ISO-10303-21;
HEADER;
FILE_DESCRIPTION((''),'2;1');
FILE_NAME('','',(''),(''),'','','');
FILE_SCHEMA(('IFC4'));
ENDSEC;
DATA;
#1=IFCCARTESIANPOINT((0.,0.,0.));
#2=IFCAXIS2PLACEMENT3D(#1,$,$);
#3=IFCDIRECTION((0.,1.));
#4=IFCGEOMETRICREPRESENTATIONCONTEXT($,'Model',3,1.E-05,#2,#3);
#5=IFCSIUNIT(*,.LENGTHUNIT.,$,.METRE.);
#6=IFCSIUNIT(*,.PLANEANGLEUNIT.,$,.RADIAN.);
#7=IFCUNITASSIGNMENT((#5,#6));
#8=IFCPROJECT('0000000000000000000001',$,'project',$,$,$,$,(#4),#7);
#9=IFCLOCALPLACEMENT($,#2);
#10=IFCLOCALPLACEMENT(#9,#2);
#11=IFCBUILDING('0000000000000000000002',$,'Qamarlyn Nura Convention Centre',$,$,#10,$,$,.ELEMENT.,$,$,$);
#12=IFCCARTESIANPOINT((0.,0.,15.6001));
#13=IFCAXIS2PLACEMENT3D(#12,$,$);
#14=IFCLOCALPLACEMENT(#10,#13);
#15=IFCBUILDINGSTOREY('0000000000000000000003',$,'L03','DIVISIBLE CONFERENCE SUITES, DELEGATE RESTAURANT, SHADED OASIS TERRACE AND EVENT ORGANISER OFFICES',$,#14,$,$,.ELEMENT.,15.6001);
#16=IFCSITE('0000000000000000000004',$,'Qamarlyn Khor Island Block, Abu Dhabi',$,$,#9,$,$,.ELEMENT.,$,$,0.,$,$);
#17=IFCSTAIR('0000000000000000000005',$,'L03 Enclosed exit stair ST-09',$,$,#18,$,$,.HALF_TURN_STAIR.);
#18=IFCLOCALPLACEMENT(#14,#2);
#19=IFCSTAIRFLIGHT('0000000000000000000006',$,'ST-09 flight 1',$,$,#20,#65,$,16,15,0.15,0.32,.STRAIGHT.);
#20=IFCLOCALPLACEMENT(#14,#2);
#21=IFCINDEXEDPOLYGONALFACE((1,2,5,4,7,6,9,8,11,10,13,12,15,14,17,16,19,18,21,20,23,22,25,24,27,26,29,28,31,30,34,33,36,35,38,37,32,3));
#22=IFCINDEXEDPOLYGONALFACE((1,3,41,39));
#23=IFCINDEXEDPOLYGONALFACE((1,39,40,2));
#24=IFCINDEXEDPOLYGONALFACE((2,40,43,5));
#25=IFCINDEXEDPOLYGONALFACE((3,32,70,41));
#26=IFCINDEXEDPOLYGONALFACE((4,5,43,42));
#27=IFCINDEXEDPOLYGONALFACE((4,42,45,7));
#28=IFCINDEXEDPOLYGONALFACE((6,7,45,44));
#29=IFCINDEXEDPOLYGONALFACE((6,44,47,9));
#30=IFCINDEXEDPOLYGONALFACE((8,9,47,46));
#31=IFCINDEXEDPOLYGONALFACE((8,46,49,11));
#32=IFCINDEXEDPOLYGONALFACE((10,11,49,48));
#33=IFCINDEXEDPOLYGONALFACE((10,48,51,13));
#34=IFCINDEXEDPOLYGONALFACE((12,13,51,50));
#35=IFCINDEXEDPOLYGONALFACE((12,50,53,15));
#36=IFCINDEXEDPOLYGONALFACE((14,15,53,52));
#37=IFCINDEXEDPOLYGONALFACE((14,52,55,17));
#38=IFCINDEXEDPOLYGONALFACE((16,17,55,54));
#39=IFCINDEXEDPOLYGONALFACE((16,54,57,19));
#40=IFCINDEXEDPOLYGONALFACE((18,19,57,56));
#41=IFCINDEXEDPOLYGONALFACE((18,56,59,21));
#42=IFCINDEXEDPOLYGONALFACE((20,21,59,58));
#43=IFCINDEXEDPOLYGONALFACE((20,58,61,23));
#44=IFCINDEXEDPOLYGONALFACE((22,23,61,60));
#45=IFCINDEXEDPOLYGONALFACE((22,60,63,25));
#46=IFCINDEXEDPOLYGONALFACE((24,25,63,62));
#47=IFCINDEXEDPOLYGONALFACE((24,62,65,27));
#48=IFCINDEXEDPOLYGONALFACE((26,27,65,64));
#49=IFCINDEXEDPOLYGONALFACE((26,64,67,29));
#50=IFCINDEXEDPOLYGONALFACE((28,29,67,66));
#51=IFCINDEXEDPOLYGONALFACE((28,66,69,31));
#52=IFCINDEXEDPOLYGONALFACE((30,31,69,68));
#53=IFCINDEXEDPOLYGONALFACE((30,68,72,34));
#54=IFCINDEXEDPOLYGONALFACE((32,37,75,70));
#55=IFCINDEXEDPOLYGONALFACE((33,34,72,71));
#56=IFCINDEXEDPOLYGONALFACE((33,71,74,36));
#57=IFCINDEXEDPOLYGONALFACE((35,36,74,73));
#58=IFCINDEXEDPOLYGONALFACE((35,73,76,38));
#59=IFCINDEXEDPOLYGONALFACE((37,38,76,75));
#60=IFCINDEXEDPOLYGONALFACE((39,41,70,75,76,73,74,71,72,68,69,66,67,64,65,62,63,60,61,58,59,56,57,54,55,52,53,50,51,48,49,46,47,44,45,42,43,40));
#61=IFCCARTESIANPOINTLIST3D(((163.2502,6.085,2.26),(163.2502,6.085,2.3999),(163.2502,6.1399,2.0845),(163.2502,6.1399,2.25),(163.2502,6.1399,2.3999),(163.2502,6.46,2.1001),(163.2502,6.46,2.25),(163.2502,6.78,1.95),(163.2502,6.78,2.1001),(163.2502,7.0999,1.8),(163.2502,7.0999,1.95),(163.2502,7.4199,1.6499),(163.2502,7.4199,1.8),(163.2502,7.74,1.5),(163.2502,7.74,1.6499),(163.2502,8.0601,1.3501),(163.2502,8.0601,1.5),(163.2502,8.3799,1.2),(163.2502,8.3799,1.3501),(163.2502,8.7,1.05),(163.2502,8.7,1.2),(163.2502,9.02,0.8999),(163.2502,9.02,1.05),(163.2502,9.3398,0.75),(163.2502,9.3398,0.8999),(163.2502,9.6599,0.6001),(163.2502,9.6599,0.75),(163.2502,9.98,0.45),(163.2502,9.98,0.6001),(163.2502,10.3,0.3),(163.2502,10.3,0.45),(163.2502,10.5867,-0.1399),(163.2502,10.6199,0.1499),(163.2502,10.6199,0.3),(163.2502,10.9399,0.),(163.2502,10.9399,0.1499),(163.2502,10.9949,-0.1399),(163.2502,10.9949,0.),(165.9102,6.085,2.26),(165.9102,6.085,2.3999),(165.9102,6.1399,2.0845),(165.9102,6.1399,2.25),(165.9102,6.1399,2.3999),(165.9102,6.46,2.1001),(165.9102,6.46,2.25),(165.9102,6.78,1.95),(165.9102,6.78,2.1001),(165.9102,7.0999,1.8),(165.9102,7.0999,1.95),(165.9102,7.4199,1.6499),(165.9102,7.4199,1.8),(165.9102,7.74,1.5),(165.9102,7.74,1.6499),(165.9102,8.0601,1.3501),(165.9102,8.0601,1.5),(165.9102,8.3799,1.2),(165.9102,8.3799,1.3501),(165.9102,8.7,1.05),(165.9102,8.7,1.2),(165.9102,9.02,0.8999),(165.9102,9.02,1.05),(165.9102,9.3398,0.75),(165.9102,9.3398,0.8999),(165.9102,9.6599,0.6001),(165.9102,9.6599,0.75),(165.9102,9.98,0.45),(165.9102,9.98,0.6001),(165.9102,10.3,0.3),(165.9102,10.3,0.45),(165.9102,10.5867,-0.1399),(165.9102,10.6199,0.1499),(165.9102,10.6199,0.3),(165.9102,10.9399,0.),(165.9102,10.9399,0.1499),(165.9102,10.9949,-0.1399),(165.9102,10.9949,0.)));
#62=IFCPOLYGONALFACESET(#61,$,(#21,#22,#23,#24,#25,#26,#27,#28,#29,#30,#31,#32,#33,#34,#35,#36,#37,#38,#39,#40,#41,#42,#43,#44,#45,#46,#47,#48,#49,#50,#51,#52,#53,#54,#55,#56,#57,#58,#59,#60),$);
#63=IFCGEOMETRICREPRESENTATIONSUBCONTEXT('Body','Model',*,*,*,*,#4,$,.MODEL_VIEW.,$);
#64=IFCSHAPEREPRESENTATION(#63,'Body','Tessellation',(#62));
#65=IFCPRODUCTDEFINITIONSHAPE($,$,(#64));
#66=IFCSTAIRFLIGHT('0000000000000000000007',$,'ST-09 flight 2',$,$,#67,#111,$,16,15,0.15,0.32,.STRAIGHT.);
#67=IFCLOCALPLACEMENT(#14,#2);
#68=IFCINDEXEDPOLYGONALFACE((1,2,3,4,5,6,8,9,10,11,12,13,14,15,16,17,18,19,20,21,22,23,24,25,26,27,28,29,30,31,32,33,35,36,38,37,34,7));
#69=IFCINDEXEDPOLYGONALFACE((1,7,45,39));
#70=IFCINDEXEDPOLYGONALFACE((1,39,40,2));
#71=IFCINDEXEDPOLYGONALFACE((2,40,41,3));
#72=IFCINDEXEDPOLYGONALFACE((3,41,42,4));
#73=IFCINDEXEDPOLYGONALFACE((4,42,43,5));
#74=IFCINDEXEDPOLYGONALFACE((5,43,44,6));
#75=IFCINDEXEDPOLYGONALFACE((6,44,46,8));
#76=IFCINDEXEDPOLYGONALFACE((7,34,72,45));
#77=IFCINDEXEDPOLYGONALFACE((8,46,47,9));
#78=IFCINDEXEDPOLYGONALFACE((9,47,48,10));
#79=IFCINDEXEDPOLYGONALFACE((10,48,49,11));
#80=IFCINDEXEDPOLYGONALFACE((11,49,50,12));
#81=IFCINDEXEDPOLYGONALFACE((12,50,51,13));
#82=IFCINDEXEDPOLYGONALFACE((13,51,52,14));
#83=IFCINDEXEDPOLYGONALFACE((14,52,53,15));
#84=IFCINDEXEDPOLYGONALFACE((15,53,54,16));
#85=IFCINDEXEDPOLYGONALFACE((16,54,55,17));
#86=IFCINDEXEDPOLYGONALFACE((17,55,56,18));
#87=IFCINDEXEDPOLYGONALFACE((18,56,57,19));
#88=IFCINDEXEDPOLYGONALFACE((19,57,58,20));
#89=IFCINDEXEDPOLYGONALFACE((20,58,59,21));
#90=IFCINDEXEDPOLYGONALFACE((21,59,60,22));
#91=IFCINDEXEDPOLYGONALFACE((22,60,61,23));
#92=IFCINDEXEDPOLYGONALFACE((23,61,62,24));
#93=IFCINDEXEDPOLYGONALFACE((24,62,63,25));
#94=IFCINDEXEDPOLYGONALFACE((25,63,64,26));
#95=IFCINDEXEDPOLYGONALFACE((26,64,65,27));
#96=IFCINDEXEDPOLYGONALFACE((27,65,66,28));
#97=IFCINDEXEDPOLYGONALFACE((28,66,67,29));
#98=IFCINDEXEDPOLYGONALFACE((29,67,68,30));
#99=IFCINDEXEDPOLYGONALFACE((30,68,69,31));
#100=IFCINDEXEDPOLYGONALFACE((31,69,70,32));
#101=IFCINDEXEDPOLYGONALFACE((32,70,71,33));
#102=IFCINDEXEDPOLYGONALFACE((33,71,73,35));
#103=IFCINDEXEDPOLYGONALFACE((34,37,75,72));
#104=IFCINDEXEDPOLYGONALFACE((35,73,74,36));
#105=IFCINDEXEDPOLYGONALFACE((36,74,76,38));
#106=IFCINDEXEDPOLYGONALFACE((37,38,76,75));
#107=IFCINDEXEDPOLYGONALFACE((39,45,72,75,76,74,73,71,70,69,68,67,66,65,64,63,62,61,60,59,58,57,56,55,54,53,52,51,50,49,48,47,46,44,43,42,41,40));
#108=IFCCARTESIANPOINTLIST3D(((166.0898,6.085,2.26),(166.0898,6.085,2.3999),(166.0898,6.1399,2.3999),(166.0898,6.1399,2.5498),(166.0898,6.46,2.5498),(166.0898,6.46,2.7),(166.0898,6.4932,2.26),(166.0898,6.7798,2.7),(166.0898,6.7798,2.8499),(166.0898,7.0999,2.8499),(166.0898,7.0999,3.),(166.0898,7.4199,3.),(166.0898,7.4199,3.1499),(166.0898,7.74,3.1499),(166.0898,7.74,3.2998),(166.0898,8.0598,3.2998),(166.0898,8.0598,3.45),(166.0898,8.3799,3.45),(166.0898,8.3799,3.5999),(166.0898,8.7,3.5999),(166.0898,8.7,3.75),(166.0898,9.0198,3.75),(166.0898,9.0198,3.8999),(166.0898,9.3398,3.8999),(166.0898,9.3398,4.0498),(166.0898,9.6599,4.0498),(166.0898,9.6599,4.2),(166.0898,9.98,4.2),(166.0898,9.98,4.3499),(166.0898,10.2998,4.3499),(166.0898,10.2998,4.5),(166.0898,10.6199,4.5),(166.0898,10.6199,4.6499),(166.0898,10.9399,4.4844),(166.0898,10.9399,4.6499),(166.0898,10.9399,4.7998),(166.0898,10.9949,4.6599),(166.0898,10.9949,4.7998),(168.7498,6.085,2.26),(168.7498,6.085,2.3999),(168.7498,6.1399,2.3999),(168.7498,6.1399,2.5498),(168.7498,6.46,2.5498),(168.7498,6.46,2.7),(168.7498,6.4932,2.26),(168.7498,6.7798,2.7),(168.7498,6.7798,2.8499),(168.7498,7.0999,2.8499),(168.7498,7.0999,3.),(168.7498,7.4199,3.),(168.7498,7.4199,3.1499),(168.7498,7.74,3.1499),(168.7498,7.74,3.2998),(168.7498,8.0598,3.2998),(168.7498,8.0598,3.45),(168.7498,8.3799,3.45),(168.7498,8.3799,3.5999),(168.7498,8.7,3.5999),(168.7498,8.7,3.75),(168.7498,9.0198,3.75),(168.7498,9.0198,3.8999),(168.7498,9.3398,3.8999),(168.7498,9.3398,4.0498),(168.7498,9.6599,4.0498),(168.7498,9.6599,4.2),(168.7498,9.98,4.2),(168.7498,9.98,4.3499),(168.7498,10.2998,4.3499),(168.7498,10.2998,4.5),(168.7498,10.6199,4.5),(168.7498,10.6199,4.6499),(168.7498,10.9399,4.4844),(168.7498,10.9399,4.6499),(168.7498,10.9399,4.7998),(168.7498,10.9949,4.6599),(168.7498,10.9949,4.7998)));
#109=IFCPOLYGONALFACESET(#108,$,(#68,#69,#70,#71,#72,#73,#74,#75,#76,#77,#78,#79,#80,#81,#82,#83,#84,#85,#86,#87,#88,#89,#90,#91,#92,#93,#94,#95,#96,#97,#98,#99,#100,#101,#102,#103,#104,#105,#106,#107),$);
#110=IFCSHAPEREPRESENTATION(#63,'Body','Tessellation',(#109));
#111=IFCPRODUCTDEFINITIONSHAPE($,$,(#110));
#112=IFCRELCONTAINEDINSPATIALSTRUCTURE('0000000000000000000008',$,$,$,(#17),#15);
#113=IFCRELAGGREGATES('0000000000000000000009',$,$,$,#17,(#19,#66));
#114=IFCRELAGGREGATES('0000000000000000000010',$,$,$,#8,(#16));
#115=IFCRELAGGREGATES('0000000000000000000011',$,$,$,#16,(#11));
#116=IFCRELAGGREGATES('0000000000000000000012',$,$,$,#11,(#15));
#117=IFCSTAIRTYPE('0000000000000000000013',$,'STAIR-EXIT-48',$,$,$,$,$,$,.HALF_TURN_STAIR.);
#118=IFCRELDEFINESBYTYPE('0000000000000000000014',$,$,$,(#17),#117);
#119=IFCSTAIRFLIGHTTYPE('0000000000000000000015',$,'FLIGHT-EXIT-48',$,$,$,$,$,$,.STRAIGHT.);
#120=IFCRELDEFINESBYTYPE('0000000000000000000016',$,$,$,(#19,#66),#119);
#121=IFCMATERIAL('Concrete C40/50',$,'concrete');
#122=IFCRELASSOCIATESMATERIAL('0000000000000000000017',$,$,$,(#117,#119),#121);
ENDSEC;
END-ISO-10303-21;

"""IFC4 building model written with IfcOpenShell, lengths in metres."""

from ifc_helpers import new_model, si_unit, direction, frame, origin, place, context, subcontext, project, spatial, polyline, outline, extrude, material, type_object, element, aggregate, save


model = new_model("IFC4")

# Units and contexts
model_context = context("Model", 3, precision=1e-05, world=origin(), true_north=direction((0.0, 1.0)))
body_context = subcontext(model_context, "Body", "Model", "MODEL_VIEW")
ifc_project = project(units=[si_unit("LENGTHUNIT", "METRE"), si_unit("PLANEANGLEUNIT", "RADIAN")], contexts=[model_context])

# Site, building, storey
site_placement = place(None, origin())
site = spatial("IfcSite", under=ifc_project, at=site_placement, Name="Qamarlyn Khor Island Block, Abu Dhabi", CompositionType="ELEMENT", RefElevation=0.0)
building_placement = place(site_placement, origin())
building = spatial("IfcBuilding", under=site, at=building_placement, Name="Qamarlyn Nura Convention Centre", CompositionType="ELEMENT")
storey_placement = place(building_placement, frame((0.0, 0.0, 15.6001)))
storey = spatial("IfcBuildingStorey", under=building, at=storey_placement, Name="L03", Description="DIVISIBLE CONFERENCE SUITES, DELEGATE RESTAURANT, SHADED OASIS TERRACE AND EVENT ORGANISER OFFICES", CompositionType="ELEMENT", Elevation=15.6001)

# Stair, stair flights
ifc_material_1 = material(Name="Concrete C40/50", Category="concrete")
stair_type = type_object("IfcStairType", Name="STAIR-EXIT-48", PredefinedType="HALF_TURN_STAIR", material=ifc_material_1)
stair_placement = place(storey_placement, origin())
stair = element("IfcStair", 1, at=stair_placement, inside=storey, type_object=stair_type, Name="L03 Enclosed exit stair ST-09", PredefinedType="HALF_TURN_STAIR")
stair_flight_type = type_object("IfcStairFlightType", Name="FLIGHT-EXIT-48", PredefinedType="STRAIGHT", material=ifc_material_1)
stair_flight_1_placement = place(storey_placement, frame((164.5801, 10.9399, 0.0), z_axis=(0.0, 0.0, 1.0), x_axis=(0.0, -1.0, 0.0)))
stair_flight_1 = element("IfcStairFlight", 2, at=stair_flight_1_placement, type_object=stair_flight_type, Name="ST-09 flight 1", NumberOfRisers=16, NumberOfTreads=15, PredefinedType="STRAIGHT", RiserHeight=0.15, TreadLength=0.32, context=body_context, shape_type="SweptSolid", body=[
    extrude(outline(polyline([(-0.0549, 0.0), (0.0, 0.0), (0.0, 0.1499), (0.3201, 0.1499), (0.3201, 0.3), (0.6399, 0.3), (0.6399, 0.45), (0.96, 0.45), (0.96, 0.6001), (1.28, 0.6001), (1.28, 0.75), (1.6001, 0.75), (1.6001, 0.8999), (1.9199, 0.8999), (1.9199, 1.05), (2.24, 1.05), (2.24, 1.2), (2.5601, 1.2), (2.5601, 1.3501), (2.8799, 1.3501), (2.8799, 1.5), (3.2, 1.5), (3.2, 1.6499), (3.52, 1.6499), (3.52, 1.8), (3.8401, 1.8), (3.8401, 1.95), (4.1599, 1.95), (4.1599, 2.1001), (4.48, 2.1001), (4.48, 2.25), (4.8, 2.25), (4.8, 2.3999), (4.855, 2.3999), (4.855, 2.26), (4.8, 2.0845), (0.3533, -0.1399), (-0.0549, -0.1399), (-0.0549, 0.0)])), frame((0.0, 1.3301, 0.0), z_axis=(0.0, -1.0, 0.0), x_axis=(1.0, 0.0, 0.0)), (0.0, 0.0, 1.0), 2.6599),
])
stair_flight_2_placement = place(storey_placement, frame((167.4199, 6.1399, 2.3999), z_axis=(0.0, 0.0, 1.0), x_axis=(0.0, 1.0, 0.0)))
stair_flight_2 = element("IfcStairFlight", 3, at=stair_flight_2_placement, type_object=stair_flight_type, Name="ST-09 flight 2", NumberOfRisers=16, NumberOfTreads=15, PredefinedType="STRAIGHT", RiserHeight=0.15, TreadLength=0.32, context=body_context, shape_type="SweptSolid", body=[
    extrude(outline(polyline([(-0.0549, 0.0), (0.0, 0.0), (0.0, 0.1499), (0.3201, 0.1499), (0.3201, 0.3), (0.6399, 0.3), (0.6399, 0.45), (0.96, 0.45), (0.96, 0.6001), (1.28, 0.6001), (1.28, 0.75), (1.6001, 0.75), (1.6001, 0.8999), (1.9199, 0.8999), (1.9199, 1.05), (2.24, 1.05), (2.24, 1.2), (2.5601, 1.2), (2.5601, 1.3501), (2.8799, 1.3501), (2.8799, 1.5), (3.2, 1.5), (3.2, 1.6499), (3.52, 1.6499), (3.52, 1.8), (3.8401, 1.8), (3.8401, 1.95), (4.1599, 1.95), (4.1599, 2.1001), (4.48, 2.1001), (4.48, 2.25), (4.8, 2.25), (4.8, 2.3999), (4.855, 2.3999), (4.855, 2.26), (4.8, 2.0845), (0.3533, -0.1399), (-0.0549, -0.1399), (-0.0549, 0.0)])), frame((0.0, 1.3301, 0.0), z_axis=(0.0, -1.0, 0.0), x_axis=(1.0, 0.0, 0.0)), (0.0, 0.0, 1.0), 2.6599),
])
aggregate(stair, [stair_flight_1, stair_flight_2])

save(model, "model.ifc")
